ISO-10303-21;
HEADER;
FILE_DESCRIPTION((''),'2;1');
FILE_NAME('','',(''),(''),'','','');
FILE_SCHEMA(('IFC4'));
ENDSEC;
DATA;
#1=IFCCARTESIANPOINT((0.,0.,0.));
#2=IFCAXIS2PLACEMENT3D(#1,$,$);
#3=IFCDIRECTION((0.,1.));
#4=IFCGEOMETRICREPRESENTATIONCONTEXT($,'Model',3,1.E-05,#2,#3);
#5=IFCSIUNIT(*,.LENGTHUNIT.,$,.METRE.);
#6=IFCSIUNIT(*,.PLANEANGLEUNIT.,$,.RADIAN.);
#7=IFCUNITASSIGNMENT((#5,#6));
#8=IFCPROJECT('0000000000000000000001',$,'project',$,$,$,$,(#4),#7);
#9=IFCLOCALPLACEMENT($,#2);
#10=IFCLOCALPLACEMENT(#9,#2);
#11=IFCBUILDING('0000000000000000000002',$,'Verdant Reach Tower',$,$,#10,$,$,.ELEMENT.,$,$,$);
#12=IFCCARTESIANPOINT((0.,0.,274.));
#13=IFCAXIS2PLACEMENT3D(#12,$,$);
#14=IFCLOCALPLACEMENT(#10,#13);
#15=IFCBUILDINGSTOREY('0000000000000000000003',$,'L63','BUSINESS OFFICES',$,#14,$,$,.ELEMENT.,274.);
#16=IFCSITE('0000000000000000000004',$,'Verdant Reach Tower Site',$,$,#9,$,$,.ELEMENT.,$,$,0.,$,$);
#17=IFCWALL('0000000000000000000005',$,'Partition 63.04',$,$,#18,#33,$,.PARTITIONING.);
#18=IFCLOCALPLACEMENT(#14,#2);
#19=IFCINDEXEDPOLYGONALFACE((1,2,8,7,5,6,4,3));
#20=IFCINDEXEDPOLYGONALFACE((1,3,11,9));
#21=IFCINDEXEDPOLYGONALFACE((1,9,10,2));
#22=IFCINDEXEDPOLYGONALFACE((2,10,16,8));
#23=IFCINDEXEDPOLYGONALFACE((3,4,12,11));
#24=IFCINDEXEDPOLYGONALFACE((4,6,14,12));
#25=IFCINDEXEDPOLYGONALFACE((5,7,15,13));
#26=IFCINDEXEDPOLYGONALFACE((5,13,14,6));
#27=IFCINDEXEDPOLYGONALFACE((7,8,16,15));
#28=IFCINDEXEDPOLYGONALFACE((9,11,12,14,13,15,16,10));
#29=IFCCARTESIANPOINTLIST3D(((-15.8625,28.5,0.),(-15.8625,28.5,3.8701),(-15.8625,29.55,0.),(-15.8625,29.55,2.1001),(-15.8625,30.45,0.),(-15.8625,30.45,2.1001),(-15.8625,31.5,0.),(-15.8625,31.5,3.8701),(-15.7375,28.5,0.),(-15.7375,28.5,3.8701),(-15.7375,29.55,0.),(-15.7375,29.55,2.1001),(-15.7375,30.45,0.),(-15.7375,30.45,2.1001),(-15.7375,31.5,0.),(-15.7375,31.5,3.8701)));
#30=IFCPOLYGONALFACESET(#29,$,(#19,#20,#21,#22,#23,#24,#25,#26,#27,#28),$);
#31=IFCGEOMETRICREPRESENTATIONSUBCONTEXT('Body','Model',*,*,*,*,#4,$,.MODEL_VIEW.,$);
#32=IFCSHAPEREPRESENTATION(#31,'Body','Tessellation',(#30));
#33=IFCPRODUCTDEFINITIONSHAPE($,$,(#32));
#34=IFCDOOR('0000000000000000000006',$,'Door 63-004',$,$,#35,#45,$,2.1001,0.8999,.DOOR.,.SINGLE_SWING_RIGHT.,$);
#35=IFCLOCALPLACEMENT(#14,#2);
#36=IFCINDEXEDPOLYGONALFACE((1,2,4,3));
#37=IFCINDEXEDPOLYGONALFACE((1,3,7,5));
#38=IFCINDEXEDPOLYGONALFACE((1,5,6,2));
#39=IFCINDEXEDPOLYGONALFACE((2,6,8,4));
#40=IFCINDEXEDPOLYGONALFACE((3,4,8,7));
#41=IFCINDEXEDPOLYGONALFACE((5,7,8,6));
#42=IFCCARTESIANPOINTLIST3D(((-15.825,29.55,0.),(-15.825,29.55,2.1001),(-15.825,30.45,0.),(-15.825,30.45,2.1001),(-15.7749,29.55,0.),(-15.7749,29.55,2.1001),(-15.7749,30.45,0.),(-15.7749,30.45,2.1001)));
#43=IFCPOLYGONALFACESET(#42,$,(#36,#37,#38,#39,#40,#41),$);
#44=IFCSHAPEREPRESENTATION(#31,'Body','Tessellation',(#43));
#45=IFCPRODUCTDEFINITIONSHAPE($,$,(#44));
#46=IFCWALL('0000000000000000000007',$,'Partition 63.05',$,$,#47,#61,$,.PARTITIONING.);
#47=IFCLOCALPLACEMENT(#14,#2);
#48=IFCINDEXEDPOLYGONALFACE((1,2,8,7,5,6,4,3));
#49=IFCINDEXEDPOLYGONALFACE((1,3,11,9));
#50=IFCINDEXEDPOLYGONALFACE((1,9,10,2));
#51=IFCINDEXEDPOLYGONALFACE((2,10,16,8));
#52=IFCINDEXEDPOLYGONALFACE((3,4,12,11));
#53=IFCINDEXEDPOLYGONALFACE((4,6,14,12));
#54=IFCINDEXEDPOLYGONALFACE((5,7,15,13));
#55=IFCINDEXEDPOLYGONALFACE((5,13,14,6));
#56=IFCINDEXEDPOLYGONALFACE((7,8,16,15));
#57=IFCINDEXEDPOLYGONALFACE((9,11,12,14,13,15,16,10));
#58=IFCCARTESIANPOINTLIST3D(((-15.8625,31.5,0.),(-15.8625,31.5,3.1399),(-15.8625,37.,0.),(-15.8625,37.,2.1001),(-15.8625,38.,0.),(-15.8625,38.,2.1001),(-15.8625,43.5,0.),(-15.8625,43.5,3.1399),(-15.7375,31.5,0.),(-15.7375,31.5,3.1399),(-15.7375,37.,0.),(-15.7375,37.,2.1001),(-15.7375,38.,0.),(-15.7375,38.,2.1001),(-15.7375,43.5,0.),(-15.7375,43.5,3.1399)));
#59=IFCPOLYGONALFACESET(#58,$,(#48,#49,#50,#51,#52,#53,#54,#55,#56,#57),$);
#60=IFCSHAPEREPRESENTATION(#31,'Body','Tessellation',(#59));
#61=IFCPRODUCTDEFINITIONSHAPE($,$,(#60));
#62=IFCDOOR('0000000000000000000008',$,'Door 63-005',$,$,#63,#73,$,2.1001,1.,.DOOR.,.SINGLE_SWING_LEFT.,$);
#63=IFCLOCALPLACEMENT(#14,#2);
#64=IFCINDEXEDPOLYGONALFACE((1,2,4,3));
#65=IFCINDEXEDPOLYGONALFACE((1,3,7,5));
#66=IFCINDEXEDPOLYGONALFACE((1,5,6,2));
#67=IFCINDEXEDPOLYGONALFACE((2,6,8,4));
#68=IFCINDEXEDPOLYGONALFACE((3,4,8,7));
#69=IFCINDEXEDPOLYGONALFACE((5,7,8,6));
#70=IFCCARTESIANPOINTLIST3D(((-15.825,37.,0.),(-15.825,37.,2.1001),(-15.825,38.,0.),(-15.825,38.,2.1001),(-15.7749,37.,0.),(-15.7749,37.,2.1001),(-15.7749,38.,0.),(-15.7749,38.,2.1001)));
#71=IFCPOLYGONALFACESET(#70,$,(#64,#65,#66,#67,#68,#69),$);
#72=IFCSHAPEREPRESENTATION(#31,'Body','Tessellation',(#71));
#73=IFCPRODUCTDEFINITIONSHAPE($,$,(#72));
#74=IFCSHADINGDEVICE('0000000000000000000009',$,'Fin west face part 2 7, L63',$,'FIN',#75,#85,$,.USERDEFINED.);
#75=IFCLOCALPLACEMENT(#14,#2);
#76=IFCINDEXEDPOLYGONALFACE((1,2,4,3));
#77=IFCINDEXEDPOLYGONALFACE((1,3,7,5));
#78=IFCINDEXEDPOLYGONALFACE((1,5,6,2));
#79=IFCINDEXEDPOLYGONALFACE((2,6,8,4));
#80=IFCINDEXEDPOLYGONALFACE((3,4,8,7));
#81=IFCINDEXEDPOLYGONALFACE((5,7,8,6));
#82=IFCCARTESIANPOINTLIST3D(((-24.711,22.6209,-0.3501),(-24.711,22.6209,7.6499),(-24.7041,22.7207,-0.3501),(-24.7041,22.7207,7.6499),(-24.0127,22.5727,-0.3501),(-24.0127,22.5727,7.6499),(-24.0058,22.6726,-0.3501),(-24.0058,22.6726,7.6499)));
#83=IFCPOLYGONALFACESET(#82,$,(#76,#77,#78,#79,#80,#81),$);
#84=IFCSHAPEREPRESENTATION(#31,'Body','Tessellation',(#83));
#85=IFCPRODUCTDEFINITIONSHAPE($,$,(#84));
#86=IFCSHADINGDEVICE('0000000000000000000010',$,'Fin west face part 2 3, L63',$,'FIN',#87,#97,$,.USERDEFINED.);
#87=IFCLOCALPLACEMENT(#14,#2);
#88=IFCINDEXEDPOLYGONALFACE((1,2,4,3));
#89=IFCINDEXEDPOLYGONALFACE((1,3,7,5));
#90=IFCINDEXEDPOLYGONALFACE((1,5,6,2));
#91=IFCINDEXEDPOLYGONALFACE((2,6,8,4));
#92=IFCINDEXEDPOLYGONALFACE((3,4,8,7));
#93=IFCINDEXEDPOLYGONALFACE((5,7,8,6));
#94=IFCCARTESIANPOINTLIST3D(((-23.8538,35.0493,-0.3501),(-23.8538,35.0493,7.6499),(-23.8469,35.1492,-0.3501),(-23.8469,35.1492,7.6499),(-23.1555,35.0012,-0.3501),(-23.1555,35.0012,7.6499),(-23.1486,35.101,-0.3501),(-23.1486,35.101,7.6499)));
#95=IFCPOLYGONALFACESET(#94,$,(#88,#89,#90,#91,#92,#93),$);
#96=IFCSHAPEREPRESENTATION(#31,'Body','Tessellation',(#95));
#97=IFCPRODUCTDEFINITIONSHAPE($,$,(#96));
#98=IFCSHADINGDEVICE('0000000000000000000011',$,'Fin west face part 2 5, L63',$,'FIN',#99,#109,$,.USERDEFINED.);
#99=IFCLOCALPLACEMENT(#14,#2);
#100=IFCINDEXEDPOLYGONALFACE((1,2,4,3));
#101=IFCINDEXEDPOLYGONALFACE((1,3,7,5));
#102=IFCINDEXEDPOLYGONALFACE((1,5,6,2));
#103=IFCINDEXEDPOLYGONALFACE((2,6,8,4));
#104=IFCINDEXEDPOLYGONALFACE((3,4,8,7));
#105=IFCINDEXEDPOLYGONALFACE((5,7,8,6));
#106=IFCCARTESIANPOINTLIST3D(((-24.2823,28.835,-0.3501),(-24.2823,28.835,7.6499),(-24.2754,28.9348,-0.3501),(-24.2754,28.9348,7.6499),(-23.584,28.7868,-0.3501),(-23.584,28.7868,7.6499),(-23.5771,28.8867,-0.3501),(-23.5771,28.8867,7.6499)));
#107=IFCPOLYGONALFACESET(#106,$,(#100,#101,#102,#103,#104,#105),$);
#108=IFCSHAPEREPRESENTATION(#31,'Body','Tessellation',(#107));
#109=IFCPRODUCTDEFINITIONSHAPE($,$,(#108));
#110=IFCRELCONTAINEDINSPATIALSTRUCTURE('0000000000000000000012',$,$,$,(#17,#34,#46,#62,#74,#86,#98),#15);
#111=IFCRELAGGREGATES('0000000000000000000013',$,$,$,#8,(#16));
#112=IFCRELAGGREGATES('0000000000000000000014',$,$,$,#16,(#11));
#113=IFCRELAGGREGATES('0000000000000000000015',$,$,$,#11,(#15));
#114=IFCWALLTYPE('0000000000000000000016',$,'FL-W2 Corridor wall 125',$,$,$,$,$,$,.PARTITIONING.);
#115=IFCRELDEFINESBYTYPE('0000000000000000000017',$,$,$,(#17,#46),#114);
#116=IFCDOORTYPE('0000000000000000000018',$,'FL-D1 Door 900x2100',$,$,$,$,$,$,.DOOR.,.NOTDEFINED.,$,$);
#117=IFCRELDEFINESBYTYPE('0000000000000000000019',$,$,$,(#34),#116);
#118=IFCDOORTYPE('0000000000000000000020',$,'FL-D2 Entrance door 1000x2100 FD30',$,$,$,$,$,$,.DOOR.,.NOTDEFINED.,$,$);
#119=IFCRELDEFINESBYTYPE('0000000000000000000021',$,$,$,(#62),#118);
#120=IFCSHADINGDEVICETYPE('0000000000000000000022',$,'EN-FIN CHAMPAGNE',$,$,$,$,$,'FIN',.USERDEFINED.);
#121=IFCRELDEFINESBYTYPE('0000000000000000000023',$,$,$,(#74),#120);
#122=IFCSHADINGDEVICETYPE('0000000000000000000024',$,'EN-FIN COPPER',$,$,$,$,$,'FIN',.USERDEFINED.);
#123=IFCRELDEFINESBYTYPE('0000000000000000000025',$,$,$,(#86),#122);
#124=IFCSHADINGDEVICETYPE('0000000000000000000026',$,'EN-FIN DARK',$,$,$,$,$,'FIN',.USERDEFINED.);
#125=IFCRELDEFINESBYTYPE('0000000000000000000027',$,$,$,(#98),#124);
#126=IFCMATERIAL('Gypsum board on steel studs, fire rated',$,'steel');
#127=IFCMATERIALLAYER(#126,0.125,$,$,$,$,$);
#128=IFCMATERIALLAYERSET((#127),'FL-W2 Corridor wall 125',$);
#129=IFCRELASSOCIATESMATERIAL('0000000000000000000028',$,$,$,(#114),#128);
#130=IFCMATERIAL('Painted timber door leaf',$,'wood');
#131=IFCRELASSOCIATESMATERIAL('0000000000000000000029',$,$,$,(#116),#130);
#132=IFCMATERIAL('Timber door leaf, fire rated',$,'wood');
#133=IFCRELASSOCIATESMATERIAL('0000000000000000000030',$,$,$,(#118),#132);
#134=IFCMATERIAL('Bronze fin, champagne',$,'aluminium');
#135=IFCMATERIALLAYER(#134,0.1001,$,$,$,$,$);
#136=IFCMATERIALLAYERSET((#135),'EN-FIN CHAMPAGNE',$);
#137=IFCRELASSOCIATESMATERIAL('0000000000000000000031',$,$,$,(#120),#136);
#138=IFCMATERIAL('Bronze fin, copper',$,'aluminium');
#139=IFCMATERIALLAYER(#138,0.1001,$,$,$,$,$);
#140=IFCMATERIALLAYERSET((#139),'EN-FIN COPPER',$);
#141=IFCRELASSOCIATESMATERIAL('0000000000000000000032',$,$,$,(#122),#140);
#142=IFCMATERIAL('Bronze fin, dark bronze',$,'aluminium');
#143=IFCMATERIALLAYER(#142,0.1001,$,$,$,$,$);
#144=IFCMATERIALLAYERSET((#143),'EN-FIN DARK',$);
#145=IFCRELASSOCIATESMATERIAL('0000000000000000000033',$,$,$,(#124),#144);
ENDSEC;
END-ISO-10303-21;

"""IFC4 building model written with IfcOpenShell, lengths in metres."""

from ifc_helpers import new_model, si_unit, direction, frame, frame_2d, origin, origin_2d, place, context, subcontext, project, spatial, rectangle, extrude, material, layer, layer_set, type_object, element, fill, save


model = new_model("IFC4")

# Units and contexts
model_context = context("Model", 3, precision=1e-05, world=origin(), true_north=direction((0.0, 1.0)))
body_context = subcontext(model_context, "Body", "Model", "MODEL_VIEW")
ifc_project = project(units=[si_unit("LENGTHUNIT", "METRE"), si_unit("PLANEANGLEUNIT", "RADIAN")], contexts=[model_context])

# Site, building, storey
site_placement = place(None, origin())
site = spatial("IfcSite", under=ifc_project, at=site_placement, Name="Verdant Reach Tower Site", CompositionType="ELEMENT", RefElevation=0.0)
building_placement = place(site_placement, origin())
building = spatial("IfcBuilding", under=site, at=building_placement, Name="Verdant Reach Tower", CompositionType="ELEMENT")
storey_placement = place(building_placement, frame((0.0, 0.0, 274.0)))
storey = spatial("IfcBuildingStorey", under=building, at=storey_placement, Name="L63", Description="BUSINESS OFFICES", CompositionType="ELEMENT", Elevation=274.0)

# Walls, openings, doors
ifc_material_1 = material(Name="Gypsum board on steel studs, fire rated", Category="steel")
ifc_layer_1 = layer(ifc_material_1, 0.125)
ifc_layer_set_1 = layer_set([ifc_layer_1], Name="FL-W2 Corridor wall 125")
wall_type_1 = type_object("IfcWallType", Name="FL-W2 Corridor wall 125", PredefinedType="PARTITIONING", material=ifc_layer_set_1)
ifc_material_2 = material(Name="Painted timber door leaf", Category="wood")
door_type_1 = type_object("IfcDoorType", Name="FL-D1 Door 900x2100", OperationType="NOTDEFINED", PredefinedType="DOOR", material=ifc_material_2)
wall_1_placement = place(storey_placement, frame((-15.8, 28.5, 0.0), z_axis=(0.0, 0.0, 1.0), x_axis=(0.0, 1.0, 0.0)))
wall_1 = element("IfcWall", 1, at=wall_1_placement, inside=storey, type_object=wall_type_1, Name="Partition 63.04", PredefinedType="PARTITIONING", context=body_context, shape_type="SweptSolid", body=[
    extrude(rectangle(XDim=3.0, YDim=0.125, at=frame_2d((1.5, 0.0))), origin(), (0.0, 0.0, 1.0), 3.8701),
])
opening_1_placement = place(wall_1_placement, frame((1.05, 0.0, 0.0)))
opening_1 = element("IfcOpeningElement", 2, at=opening_1_placement, cuts=wall_1, PredefinedType="OPENING", context=body_context, shape_type="SweptSolid", body=[
    extrude(rectangle(XDim=0.8999, YDim=2.1001, at=frame_2d((0.45, 1.05))), frame((0.0, 0.0725, 0.0), z_axis=(0.0, -1.0, 0.0), x_axis=(1.0, 0.0, 0.0)), (0.0, 0.0, 1.0), 0.145),
])
door_1_placement = place(opening_1_placement, origin())
door_1 = element("IfcDoor", 3, at=door_1_placement, inside=storey, type_object=door_type_1, Name="Door 63-004", OperationType="SINGLE_SWING_RIGHT", OverallHeight=2.1001, OverallWidth=0.8999, PredefinedType="DOOR", context=body_context, shape_type="SweptSolid", body=[
    extrude(rectangle(XDim=0.8999, YDim=2.1001, at=frame_2d((0.45, 1.05))), frame((0.0, 0.0249, 0.0), z_axis=(0.0, -1.0, 0.0), x_axis=(1.0, 0.0, 0.0)), (0.0, 0.0, 1.0), 0.05),
])
fill(opening_1, door_1)
wall_2_placement = place(storey_placement, frame((-15.8, 31.5, 0.0), z_axis=(0.0, 0.0, 1.0), x_axis=(0.0, 1.0, 0.0)))
wall_2 = element("IfcWall", 4, at=wall_2_placement, inside=storey, type_object=wall_type_1, Name="Partition 63.05", PredefinedType="PARTITIONING", context=body_context, shape_type="SweptSolid", body=[
    extrude(rectangle(XDim=12.0, YDim=0.125, at=frame_2d((6.0, 0.0))), origin(), (0.0, 0.0, 1.0), 3.1399),
])
opening_2_placement = place(wall_2_placement, frame((5.5, 0.0, 0.0)))
opening_2 = element("IfcOpeningElement", 5, at=opening_2_placement, cuts=wall_2, PredefinedType="OPENING", context=body_context, shape_type="SweptSolid", body=[
    extrude(rectangle(XDim=1.0, YDim=2.1001, at=frame_2d((0.5, 1.05))), frame((0.0, 0.0725, 0.0), z_axis=(0.0, -1.0, 0.0), x_axis=(1.0, 0.0, 0.0)), (0.0, 0.0, 1.0), 0.145),
])
ifc_material_3 = material(Name="Timber door leaf, fire rated", Category="wood")
door_type_2 = type_object("IfcDoorType", Name="FL-D2 Entrance door 1000x2100 FD30", OperationType="NOTDEFINED", PredefinedType="DOOR", material=ifc_material_3)
door_2_placement = place(opening_2_placement, origin())
door_2 = element("IfcDoor", 6, at=door_2_placement, inside=storey, type_object=door_type_2, Name="Door 63-005", OperationType="SINGLE_SWING_LEFT", OverallHeight=2.1001, OverallWidth=1.0, PredefinedType="DOOR", context=body_context, shape_type="SweptSolid", body=[
    extrude(rectangle(XDim=1.0, YDim=2.1001, at=frame_2d((0.5, 1.05))), frame((0.0, 0.0249, 0.0), z_axis=(0.0, -1.0, 0.0), x_axis=(1.0, 0.0, 0.0)), (0.0, 0.0, 1.0), 0.05),
])
fill(opening_2, door_2)

# Shading devices
ifc_material_4 = material(Name="Bronze fin, champagne", Category="aluminium")
ifc_layer_2 = layer(ifc_material_4, 0.1001)
ifc_layer_set_2 = layer_set([ifc_layer_2], Name="EN-FIN CHAMPAGNE")
shading_device_type_1 = type_object("IfcShadingDeviceType", Name="EN-FIN CHAMPAGNE", ElementType="FIN", PredefinedType="USERDEFINED", material=ifc_layer_set_2)
shading_device_1_placement = place(storey_placement, frame((-24.3584, 22.6467, -0.3501), z_axis=(0.0, 0.0, 1.0), x_axis=(-0.068802, -0.99763, 0.0)))
element("IfcShadingDevice", 7, at=shading_device_1_placement, inside=storey, type_object=shading_device_type_1, Name="Fin west face part 2 7, L63", ObjectType="FIN", PredefinedType="USERDEFINED", context=body_context, shape_type="SweptSolid", body=[
    extrude(rectangle(XDim=0.1001, YDim=0.7, at=origin_2d()), origin(), (0.0, 0.0, 1.0), 8.0),
])
ifc_material_5 = material(Name="Bronze fin, copper", Category="aluminium")
ifc_layer_3 = layer(ifc_material_5, 0.1001)
ifc_layer_set_3 = layer_set([ifc_layer_3], Name="EN-FIN COPPER")
shading_device_type_2 = type_object("IfcShadingDeviceType", Name="EN-FIN COPPER", ElementType="FIN", PredefinedType="USERDEFINED", material=ifc_layer_set_3)
shading_device_2_placement = place(storey_placement, frame((-23.5012, 35.0752, -0.3501), z_axis=(0.0, 0.0, 1.0), x_axis=(-0.068802, -0.99763, 0.0)))
element("IfcShadingDevice", 8, at=shading_device_2_placement, inside=storey, type_object=shading_device_type_2, Name="Fin west face part 2 3, L63", ObjectType="FIN", PredefinedType="USERDEFINED", context=body_context, shape_type="SweptSolid", body=[
    extrude(rectangle(XDim=0.1001, YDim=0.7, at=origin_2d()), origin(), (0.0, 0.0, 1.0), 8.0),
])
ifc_material_6 = material(Name="Bronze fin, dark bronze", Category="aluminium")
ifc_layer_4 = layer(ifc_material_6, 0.1001)
ifc_layer_set_4 = layer_set([ifc_layer_4], Name="EN-FIN DARK")
shading_device_type_3 = type_object("IfcShadingDeviceType", Name="EN-FIN DARK", ElementType="FIN", PredefinedType="USERDEFINED", material=ifc_layer_set_4)
shading_device_3_placement = place(storey_placement, frame((-23.9297, 28.8608, -0.3501), z_axis=(0.0, 0.0, 1.0), x_axis=(-0.068802, -0.99763, 0.0)))
element("IfcShadingDevice", 9, at=shading_device_3_placement, inside=storey, type_object=shading_device_type_3, Name="Fin west face part 2 5, L63", ObjectType="FIN", PredefinedType="USERDEFINED", context=body_context, shape_type="SweptSolid", body=[
    extrude(rectangle(XDim=0.1001, YDim=0.7, at=origin_2d()), origin(), (0.0, 0.0, 1.0), 8.0),
])

save(model, "model.ifc")
